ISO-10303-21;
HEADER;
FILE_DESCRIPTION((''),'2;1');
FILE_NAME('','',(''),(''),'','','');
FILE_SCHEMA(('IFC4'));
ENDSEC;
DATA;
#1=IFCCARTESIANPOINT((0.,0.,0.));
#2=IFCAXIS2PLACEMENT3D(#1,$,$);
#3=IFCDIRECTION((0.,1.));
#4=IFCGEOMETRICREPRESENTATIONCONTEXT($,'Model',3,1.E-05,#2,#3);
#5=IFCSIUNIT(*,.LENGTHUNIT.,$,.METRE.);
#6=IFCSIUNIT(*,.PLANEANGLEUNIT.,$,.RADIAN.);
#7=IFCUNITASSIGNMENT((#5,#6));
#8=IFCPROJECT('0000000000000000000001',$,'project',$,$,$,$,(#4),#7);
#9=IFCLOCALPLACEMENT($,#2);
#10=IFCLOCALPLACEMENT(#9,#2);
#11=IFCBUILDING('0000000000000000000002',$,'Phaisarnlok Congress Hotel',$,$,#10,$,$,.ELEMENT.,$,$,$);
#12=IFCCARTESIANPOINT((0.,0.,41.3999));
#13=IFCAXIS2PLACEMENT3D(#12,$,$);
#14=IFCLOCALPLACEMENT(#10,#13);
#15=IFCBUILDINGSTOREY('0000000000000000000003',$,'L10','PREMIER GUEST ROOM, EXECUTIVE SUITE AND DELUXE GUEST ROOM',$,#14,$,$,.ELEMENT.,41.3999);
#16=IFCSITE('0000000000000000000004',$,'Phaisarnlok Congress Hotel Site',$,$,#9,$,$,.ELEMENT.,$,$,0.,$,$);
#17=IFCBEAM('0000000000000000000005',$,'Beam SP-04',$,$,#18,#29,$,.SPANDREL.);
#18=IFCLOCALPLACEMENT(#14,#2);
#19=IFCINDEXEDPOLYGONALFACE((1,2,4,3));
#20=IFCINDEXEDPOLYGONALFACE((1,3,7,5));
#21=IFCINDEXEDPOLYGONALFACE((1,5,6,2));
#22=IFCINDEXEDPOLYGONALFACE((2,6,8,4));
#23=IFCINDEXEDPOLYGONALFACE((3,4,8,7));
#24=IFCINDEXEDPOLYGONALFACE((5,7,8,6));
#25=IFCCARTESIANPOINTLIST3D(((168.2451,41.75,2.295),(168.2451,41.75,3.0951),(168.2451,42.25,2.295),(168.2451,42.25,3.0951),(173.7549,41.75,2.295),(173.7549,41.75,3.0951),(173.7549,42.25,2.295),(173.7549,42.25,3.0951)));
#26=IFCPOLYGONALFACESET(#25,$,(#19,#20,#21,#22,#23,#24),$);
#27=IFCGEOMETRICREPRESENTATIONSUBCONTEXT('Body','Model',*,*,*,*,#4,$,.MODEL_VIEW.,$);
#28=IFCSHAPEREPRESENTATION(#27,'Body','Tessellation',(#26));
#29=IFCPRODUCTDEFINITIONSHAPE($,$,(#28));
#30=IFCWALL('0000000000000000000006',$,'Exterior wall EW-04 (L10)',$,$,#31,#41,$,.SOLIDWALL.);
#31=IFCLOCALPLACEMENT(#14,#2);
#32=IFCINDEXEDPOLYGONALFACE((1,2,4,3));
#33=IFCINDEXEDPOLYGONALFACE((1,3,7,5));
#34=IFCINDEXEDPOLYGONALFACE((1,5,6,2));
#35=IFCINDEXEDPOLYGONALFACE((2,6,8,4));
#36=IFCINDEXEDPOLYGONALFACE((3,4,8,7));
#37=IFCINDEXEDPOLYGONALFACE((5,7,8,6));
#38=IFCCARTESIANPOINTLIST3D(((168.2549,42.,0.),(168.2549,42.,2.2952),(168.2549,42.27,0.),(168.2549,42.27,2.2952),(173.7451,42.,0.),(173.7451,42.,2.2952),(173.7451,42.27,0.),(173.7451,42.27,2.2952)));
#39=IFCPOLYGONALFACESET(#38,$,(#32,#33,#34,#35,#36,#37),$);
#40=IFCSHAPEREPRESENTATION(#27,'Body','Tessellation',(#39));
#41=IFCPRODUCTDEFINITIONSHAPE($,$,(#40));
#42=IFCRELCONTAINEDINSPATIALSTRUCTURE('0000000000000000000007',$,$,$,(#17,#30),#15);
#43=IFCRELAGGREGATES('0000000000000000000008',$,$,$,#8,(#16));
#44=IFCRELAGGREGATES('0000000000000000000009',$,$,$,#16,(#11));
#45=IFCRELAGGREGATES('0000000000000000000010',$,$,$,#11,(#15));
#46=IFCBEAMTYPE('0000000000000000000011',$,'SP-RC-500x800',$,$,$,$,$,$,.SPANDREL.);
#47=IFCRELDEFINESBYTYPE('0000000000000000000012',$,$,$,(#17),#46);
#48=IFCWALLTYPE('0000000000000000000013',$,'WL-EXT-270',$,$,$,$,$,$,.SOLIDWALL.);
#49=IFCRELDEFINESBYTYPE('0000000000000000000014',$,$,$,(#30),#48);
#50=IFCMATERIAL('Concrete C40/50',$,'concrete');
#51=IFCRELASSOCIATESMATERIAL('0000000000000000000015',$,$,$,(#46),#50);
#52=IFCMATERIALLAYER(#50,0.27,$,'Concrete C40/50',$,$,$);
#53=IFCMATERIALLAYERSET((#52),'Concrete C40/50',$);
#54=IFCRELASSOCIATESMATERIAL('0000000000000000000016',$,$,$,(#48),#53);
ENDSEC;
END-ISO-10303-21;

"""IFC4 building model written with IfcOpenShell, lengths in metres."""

from ifc_helpers import new_model, si_unit, direction, frame, frame_2d, origin, origin_2d, place, context, subcontext, project, spatial, rectangle, extrude, material, layer, layer_set, material_profile, profile_set, type_object, element, save


model = new_model("IFC4")

# Units and contexts
model_context = context("Model", 3, precision=1e-05, world=origin(), true_north=direction((0.0, 1.0)))
body_context = subcontext(model_context, "Body", "Model", "MODEL_VIEW")
ifc_project = project(units=[si_unit("LENGTHUNIT", "METRE"), si_unit("PLANEANGLEUNIT", "RADIAN")], contexts=[model_context])

# Site, building, storey
site_placement = place(None, origin())
site = spatial("IfcSite", under=ifc_project, at=site_placement, Name="Phaisarnlok Congress Hotel Site", CompositionType="ELEMENT", RefElevation=0.0)
building_placement = place(site_placement, origin())
building = spatial("IfcBuilding", under=site, at=building_placement, Name="Phaisarnlok Congress Hotel", CompositionType="ELEMENT")
storey_placement = place(building_placement, frame((0.0, 0.0, 41.3999)))
storey = spatial("IfcBuildingStorey", under=building, at=storey_placement, Name="L10", Description="PREMIER GUEST ROOM, EXECUTIVE SUITE AND DELUXE GUEST ROOM", CompositionType="ELEMENT", Elevation=41.3999)

# Beam
ifc_material = material(Name="Concrete C40/50", Category="concrete")
ifc_material_profile = material_profile(ifc_material, rectangle(XDim=0.5, YDim=0.8, at=origin_2d()), Name="RC 500x800")
ifc_profile_set = profile_set([ifc_material_profile], Name="Concrete C40/50")
beam_type = type_object("IfcBeamType", Name="SP-RC-500x800", PredefinedType="SPANDREL", material=ifc_profile_set)
beam_placement = place(storey_placement, frame((168.2451, 42.0, 2.6951), z_axis=(1.0, 0.0, 0.0), x_axis=(0.0, 1.0, 0.0)))
element("IfcBeam", 1, at=beam_placement, inside=storey, type_object=beam_type, Name="Beam SP-04", PredefinedType="SPANDREL", context=body_context, shape_type="SweptSolid", body=[
    extrude(rectangle(XDim=0.5, YDim=0.8, at=origin_2d()), origin(), (0.0, 0.0, 1.0), 5.5098),
])

# Wall
ifc_layer = layer(ifc_material, 0.27, Name="Concrete C40/50")
ifc_layer_set = layer_set([ifc_layer], Name="Concrete C40/50")
wall_type = type_object("IfcWallType", Name="WL-EXT-270", PredefinedType="SOLIDWALL", material=ifc_layer_set)
wall_placement = place(storey_placement, frame((168.2549, 42.135, 0.0), z_axis=(0.0, 0.0, 1.0), x_axis=(1.0, 0.0, 0.0)))
element("IfcWall", 2, at=wall_placement, inside=storey, type_object=wall_type, Name="Exterior wall EW-04 (L10)", PredefinedType="SOLIDWALL", context=body_context, shape_type="SweptSolid", body=[
    extrude(rectangle(XDim=5.4902, YDim=0.27, at=frame_2d((2.7451, 0.0))), origin(), (0.0, 0.0, 1.0), 2.2952),
])

save(model, "model.ifc")
